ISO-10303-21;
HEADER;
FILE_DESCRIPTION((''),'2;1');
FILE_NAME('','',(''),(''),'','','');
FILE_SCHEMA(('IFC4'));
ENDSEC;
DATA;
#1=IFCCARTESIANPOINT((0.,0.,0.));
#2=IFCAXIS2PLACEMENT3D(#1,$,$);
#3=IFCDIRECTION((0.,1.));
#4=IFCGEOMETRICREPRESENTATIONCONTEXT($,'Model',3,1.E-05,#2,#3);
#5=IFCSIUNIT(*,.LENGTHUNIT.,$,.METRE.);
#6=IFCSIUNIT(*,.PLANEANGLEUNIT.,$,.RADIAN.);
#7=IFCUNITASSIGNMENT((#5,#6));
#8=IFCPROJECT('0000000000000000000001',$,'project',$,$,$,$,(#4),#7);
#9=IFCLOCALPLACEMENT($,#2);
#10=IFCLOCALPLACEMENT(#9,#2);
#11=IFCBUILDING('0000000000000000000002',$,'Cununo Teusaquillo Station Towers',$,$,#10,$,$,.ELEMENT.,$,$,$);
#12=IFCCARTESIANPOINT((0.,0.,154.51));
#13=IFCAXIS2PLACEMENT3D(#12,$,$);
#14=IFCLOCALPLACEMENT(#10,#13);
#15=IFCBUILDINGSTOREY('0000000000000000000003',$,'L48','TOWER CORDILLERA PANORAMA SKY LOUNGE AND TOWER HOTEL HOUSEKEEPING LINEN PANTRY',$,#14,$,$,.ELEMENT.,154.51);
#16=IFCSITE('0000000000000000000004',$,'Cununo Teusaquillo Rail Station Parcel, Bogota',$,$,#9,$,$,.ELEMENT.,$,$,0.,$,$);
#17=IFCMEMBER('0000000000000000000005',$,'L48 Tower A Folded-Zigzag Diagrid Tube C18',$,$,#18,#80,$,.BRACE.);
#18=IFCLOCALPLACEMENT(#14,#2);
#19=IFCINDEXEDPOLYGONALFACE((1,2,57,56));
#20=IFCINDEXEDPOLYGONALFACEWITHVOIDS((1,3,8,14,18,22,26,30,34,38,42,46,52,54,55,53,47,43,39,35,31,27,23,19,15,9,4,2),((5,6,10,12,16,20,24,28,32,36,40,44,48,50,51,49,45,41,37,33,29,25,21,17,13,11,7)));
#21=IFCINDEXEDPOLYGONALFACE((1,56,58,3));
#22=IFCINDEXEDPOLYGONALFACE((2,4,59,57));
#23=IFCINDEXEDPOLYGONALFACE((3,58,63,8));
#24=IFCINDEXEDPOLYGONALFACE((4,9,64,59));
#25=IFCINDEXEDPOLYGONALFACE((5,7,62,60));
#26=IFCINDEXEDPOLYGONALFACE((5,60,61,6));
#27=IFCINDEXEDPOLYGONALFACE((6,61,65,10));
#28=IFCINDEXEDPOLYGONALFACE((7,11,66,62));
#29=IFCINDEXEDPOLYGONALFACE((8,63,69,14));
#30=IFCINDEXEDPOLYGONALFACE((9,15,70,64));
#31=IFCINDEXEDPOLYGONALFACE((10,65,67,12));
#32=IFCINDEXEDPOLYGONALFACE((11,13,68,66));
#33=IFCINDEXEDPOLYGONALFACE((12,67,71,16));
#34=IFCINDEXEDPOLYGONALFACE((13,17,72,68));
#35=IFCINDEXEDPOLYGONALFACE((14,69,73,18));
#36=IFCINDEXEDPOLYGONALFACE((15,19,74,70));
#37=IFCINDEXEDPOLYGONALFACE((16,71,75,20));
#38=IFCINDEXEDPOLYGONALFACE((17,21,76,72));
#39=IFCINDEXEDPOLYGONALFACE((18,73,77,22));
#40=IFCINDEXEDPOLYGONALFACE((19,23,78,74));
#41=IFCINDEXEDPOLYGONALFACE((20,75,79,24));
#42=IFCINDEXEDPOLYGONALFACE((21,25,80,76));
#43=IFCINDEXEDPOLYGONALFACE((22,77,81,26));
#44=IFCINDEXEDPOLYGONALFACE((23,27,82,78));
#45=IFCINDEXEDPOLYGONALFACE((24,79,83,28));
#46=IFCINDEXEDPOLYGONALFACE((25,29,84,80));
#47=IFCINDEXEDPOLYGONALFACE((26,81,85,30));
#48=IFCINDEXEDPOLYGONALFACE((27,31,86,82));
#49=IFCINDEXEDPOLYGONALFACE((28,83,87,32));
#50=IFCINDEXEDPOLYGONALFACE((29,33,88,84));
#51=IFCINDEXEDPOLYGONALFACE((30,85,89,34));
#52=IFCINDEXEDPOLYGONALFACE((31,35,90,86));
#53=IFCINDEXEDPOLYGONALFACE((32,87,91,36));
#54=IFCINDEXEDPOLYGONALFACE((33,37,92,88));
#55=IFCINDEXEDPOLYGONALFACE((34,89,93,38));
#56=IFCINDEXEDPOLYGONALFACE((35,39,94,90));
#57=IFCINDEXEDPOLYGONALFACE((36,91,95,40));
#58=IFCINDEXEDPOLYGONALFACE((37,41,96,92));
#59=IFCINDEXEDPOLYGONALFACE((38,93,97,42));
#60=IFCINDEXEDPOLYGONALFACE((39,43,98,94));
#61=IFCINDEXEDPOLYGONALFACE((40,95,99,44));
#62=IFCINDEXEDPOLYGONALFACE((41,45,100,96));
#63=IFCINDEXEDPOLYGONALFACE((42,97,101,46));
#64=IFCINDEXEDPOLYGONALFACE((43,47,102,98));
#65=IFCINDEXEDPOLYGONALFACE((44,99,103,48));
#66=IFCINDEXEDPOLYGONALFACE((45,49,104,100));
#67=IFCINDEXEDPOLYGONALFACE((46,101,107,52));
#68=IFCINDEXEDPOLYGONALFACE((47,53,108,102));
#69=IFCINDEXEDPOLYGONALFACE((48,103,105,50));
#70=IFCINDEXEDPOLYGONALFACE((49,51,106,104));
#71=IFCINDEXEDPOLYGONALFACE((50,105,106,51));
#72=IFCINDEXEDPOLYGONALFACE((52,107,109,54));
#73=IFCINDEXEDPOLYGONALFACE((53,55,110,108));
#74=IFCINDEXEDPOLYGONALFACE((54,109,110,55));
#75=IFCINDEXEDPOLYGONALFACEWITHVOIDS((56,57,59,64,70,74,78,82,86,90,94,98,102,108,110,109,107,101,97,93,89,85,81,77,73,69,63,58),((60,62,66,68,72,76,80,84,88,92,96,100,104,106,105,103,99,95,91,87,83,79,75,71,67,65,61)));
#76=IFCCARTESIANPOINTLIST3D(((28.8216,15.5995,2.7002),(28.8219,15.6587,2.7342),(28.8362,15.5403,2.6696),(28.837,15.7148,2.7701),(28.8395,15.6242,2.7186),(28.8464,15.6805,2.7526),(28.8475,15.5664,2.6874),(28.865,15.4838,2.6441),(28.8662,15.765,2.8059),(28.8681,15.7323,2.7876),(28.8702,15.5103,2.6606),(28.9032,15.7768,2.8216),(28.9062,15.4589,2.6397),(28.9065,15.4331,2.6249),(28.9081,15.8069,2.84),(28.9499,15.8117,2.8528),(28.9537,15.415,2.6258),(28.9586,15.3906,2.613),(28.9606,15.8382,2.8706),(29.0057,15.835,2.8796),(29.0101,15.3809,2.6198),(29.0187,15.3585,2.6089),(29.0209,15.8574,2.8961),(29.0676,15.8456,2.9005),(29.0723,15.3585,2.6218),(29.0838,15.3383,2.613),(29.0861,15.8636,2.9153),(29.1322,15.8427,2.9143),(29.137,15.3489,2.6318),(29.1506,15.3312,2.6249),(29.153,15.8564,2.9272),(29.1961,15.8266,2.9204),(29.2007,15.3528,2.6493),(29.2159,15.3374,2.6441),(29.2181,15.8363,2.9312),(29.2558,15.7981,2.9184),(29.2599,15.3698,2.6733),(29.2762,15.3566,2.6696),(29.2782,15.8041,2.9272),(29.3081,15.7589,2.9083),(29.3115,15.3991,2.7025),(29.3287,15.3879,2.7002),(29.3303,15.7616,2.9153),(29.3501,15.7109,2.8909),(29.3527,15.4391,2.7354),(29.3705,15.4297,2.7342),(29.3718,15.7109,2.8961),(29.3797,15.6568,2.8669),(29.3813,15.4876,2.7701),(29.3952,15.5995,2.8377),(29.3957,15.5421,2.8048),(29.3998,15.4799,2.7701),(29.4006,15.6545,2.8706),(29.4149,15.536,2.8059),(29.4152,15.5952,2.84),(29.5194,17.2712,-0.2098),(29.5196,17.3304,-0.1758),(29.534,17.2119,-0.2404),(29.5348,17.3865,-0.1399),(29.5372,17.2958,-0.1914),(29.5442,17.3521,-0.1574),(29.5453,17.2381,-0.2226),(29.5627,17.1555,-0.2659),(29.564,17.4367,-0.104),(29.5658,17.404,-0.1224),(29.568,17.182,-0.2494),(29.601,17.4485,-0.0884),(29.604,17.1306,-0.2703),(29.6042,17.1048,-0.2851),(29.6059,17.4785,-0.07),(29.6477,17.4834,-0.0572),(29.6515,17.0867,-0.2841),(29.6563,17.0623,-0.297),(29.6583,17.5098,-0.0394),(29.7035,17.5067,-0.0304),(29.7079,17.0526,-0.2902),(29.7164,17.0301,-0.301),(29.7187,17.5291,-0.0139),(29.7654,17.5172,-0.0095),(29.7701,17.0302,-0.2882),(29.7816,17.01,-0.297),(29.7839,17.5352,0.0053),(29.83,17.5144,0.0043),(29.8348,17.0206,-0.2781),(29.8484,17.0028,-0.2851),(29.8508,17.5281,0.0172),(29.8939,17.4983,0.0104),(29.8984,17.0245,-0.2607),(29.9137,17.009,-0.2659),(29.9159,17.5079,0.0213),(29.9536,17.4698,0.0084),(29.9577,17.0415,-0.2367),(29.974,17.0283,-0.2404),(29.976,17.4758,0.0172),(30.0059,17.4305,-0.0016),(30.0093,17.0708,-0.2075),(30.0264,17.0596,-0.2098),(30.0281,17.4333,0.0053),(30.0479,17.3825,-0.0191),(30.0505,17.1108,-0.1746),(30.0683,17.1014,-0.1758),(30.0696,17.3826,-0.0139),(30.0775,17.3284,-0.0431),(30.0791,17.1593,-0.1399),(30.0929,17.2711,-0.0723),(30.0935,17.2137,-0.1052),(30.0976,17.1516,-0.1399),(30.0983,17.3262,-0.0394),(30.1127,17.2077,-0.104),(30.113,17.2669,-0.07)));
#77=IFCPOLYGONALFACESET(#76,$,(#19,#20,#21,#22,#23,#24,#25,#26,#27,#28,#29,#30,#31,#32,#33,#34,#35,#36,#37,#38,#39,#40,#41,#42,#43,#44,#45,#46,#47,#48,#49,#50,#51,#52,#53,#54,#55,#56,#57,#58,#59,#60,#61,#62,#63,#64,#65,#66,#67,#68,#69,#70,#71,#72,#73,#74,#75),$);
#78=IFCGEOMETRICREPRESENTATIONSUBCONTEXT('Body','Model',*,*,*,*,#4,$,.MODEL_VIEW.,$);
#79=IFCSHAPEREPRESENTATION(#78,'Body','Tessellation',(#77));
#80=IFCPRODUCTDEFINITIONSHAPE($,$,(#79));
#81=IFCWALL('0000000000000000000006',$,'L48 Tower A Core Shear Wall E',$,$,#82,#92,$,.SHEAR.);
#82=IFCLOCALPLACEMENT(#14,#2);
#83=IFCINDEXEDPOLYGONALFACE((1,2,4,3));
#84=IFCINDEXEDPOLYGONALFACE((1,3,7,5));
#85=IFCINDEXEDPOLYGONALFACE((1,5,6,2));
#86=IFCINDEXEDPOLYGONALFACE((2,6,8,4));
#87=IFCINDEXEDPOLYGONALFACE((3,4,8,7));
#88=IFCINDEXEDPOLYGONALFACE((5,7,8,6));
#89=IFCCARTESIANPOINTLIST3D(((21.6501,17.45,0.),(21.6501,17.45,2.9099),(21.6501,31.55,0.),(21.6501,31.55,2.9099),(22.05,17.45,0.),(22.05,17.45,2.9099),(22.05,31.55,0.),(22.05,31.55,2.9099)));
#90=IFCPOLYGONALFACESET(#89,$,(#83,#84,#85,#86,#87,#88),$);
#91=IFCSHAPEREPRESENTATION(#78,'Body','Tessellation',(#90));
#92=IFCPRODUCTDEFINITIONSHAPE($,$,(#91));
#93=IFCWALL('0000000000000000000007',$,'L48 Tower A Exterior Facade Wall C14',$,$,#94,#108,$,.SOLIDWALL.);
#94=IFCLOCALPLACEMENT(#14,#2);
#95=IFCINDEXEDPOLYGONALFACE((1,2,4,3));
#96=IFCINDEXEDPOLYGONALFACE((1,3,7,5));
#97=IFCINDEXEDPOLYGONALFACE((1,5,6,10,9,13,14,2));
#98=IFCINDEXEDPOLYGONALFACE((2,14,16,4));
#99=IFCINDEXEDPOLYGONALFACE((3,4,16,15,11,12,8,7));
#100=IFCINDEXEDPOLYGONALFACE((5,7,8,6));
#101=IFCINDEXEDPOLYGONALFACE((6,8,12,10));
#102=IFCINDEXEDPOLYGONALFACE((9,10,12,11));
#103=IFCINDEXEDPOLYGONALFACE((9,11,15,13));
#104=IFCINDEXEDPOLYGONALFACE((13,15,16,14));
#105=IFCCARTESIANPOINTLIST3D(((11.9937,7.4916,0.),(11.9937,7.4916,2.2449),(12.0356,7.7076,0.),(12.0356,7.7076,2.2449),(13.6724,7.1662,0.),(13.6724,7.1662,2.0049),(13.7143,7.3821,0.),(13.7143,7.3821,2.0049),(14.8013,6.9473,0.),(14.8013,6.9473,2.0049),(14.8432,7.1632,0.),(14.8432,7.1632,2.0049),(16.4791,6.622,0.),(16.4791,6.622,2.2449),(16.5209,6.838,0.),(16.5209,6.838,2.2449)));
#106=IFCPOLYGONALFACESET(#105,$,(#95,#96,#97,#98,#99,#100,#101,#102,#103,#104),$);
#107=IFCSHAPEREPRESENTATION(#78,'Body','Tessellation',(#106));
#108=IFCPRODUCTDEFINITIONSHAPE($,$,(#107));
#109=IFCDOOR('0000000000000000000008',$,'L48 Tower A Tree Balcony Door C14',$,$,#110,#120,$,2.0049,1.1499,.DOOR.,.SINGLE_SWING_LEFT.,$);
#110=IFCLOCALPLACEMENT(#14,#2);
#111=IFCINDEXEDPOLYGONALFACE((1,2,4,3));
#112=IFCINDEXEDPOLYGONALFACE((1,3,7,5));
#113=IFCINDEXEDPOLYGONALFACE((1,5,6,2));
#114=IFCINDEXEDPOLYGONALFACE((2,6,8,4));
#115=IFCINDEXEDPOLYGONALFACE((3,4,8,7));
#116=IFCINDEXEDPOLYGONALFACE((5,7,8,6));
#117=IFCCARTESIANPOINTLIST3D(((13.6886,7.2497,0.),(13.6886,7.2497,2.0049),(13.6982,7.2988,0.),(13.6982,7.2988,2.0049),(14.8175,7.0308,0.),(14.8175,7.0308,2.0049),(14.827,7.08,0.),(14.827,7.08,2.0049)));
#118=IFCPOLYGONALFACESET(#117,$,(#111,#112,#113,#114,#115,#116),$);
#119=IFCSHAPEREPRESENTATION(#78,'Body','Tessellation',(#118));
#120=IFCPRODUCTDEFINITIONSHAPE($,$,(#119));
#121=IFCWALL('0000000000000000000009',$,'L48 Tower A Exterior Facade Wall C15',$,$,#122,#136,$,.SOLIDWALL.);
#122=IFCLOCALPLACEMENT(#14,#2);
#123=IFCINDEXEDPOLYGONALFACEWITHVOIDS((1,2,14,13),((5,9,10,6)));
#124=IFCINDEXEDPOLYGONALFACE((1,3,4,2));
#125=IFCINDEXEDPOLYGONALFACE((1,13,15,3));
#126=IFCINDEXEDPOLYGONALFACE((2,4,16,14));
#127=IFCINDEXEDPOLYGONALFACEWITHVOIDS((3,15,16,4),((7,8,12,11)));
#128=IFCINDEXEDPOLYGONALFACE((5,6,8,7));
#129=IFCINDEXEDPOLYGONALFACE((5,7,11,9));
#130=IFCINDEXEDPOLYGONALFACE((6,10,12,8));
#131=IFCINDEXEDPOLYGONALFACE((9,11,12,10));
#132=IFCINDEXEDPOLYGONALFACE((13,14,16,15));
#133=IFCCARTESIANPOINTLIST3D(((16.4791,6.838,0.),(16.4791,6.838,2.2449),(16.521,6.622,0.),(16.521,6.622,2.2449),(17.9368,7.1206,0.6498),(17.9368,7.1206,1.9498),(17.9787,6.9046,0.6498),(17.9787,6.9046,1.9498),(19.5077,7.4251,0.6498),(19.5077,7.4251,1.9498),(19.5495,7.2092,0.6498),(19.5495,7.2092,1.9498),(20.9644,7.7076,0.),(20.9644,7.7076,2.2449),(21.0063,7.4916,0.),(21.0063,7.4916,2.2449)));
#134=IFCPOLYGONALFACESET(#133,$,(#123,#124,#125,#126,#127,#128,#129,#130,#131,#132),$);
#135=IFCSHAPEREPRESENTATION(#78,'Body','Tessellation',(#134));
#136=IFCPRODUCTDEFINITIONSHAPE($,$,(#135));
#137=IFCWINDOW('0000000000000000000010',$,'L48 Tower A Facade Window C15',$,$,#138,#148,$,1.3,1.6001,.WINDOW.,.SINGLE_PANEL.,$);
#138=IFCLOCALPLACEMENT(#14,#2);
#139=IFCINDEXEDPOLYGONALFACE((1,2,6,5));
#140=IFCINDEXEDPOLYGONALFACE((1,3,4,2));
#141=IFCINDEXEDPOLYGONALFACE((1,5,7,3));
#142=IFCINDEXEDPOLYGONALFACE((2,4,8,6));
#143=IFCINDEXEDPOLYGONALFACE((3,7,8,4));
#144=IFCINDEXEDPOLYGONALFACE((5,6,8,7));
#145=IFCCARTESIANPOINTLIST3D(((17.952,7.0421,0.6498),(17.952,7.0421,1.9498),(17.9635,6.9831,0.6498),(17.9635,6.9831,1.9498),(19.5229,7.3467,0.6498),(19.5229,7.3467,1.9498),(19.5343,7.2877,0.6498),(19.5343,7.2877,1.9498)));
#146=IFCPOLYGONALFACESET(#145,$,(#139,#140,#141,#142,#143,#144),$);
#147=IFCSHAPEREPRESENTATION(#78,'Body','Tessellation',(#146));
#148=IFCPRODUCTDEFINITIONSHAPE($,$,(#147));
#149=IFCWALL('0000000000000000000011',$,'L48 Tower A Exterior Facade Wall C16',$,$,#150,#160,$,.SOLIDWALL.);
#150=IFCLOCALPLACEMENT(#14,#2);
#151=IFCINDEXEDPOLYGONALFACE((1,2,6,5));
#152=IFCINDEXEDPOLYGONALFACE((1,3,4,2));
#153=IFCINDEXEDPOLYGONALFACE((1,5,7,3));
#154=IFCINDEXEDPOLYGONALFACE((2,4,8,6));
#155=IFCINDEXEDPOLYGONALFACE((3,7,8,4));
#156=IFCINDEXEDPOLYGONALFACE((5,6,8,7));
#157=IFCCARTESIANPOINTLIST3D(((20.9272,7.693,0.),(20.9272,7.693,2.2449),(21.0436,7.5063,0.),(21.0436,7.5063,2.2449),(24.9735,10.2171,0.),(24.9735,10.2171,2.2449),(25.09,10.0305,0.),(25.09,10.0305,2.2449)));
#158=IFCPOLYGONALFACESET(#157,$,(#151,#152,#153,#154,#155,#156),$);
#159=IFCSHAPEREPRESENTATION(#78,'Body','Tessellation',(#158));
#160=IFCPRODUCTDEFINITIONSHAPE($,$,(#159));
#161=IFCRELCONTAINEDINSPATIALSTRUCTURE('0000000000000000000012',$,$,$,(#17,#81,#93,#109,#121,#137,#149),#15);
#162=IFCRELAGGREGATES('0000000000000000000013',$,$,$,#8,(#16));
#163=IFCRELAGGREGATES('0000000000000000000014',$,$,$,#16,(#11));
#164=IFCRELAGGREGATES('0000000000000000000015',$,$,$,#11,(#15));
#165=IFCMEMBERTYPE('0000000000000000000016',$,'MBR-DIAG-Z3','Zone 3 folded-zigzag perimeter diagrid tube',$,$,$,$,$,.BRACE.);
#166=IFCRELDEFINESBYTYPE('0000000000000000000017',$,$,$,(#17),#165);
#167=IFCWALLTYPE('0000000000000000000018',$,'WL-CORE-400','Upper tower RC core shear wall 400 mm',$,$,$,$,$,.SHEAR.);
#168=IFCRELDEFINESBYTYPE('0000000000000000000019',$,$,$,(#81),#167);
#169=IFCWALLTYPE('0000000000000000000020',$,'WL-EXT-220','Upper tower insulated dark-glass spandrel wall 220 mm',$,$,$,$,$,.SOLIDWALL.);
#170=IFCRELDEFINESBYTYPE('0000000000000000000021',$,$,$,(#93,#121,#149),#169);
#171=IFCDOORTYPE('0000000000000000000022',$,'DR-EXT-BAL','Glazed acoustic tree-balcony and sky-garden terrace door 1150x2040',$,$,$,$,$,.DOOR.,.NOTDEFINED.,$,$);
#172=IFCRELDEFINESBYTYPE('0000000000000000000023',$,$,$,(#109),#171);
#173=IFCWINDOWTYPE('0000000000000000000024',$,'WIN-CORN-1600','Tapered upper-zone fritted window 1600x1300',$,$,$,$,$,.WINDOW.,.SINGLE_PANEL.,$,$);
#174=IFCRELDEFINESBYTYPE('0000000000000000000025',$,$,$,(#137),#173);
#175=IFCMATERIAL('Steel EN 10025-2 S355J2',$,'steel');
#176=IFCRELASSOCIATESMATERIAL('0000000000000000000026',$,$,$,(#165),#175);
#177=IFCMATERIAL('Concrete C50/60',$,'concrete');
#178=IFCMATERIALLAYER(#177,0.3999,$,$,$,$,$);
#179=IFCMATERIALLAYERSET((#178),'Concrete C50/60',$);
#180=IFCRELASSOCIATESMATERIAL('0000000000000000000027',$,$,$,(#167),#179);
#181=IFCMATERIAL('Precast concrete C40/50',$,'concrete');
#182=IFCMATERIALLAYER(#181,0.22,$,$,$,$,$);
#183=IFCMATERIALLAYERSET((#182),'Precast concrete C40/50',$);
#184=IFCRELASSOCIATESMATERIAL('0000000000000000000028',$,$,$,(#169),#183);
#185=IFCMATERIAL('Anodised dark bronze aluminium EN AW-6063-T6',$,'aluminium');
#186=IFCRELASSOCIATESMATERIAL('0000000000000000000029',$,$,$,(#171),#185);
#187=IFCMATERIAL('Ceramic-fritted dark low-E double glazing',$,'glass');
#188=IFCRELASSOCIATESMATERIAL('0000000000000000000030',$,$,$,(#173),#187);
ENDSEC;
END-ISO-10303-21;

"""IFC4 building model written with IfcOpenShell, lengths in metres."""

from ifc_helpers import new_model, si_unit, direction, frame, frame_2d, origin, origin_2d, place, context, subcontext, project, spatial, rectangle, hollow_circle, extrude, source, transform, mapped, material, layer, layer_set, material_profile, profile_set, type_object, element, fill, save


model = new_model("IFC4")

# Units and contexts
model_context = context("Model", 3, precision=1e-05, world=origin(), true_north=direction((0.0, 1.0)))
body_context = subcontext(model_context, "Body", "Model", "MODEL_VIEW")
ifc_project = project(units=[si_unit("LENGTHUNIT", "METRE"), si_unit("PLANEANGLEUNIT", "RADIAN")], contexts=[model_context])

# Site, building, storey
site_placement = place(None, origin())
site = spatial("IfcSite", under=ifc_project, at=site_placement, Name="Cununo Teusaquillo Rail Station Parcel, Bogota", CompositionType="ELEMENT", RefElevation=0.0)
building_placement = place(site_placement, origin())
building = spatial("IfcBuilding", under=site, at=building_placement, Name="Cununo Teusaquillo Station Towers", CompositionType="ELEMENT")
storey_placement = place(building_placement, frame((0.0, 0.0, 154.51)))
storey = spatial("IfcBuildingStorey", under=building, at=storey_placement, Name="L48", Description="TOWER CORDILLERA PANORAMA SKY LOUNGE AND TOWER HOTEL HOUSEKEEPING LINEN PANTRY", CompositionType="ELEMENT", Elevation=154.51)

# Member
ifc_material_1 = material(Name="Steel EN 10025-2 S355J2", Category="steel")
ifc_material_profile_1 = material_profile(ifc_material_1, hollow_circle(Radius=0.3049, WallThickness=0.02, at=origin_2d()), Name="CHS 610x20")
ifc_profile_set_1 = profile_set([ifc_material_profile_1], Name="Steel EN 10025-2 S355J2")
member_type = type_object("IfcMemberType", Name="MBR-DIAG-Z3", Description="Zone 3 folded-zigzag perimeter diagrid tube", PredefinedType="BRACE", material=ifc_profile_set_1)
member_1_placement = place(storey_placement, frame((29.8162, 17.269, -0.1399), z_axis=(-0.203566, -0.48769, 0.848952), x_axis=(0.922833, -0.385199, 0.0)))
element("IfcMember", 1, at=member_1_placement, inside=storey, type_object=member_type, Name="L48 Tower A Folded-Zigzag Diagrid Tube C18", PredefinedType="BRACE", context=body_context, shape_type="SweptSolid", body=[
    extrude(hollow_circle(Radius=0.3049, WallThickness=0.02, at=origin_2d()), origin(), (0.0, 0.0, 1.0), 3.4277),
])

# Wall
ifc_material_2 = material(Name="Concrete C50/60", Category="concrete")
ifc_layer_1 = layer(ifc_material_2, 0.3999)
ifc_layer_set_1 = layer_set([ifc_layer_1], Name="Concrete C50/60")
wall_type_1 = type_object("IfcWallType", Name="WL-CORE-400", Description="Upper tower RC core shear wall 400 mm", PredefinedType="SHEAR", material=ifc_layer_set_1)
wall_1_placement = place(storey_placement, frame((21.8501, 17.45, 0.0), z_axis=(0.0, 0.0, 1.0), x_axis=(0.0, 1.0, 0.0)))
element("IfcWall", 2, at=wall_1_placement, inside=storey, type_object=wall_type_1, Name="L48 Tower A Core Shear Wall E", PredefinedType="SHEAR", context=body_context, shape_type="SweptSolid", body=[
    extrude(rectangle(XDim=14.1001, YDim=0.3999, at=frame_2d((7.05, 0.0))), origin(), (0.0, 0.0, 1.0), 2.9099),
])

# Wall, opening, door
ifc_material_3 = material(Name="Precast concrete C40/50", Category="concrete")
ifc_layer_2 = layer(ifc_material_3, 0.22)
ifc_layer_set_2 = layer_set([ifc_layer_2], Name="Precast concrete C40/50")
wall_type_2 = type_object("IfcWallType", Name="WL-EXT-220", Description="Upper tower insulated dark-glass spandrel wall 220 mm", PredefinedType="SOLIDWALL", material=ifc_layer_set_2)
wall_2_placement = place(storey_placement, frame((16.5, 6.73, 0.0), z_axis=(0.0, 0.0, 1.0), x_axis=(-0.981719, 0.190338, 0.0)))
wall_2 = element("IfcWall", 3, at=wall_2_placement, inside=storey, type_object=wall_type_2, Name="L48 Tower A Exterior Facade Wall C14", PredefinedType="SOLIDWALL", context=body_context, shape_type="SweptSolid", body=[
    extrude(rectangle(XDim=4.5688, YDim=0.22, at=frame_2d((2.2844, 0.0))), origin(), (0.0, 0.0, 1.0), 2.2449),
])
shared_shape_1 = source(origin(), body_context, "Body", "SweptSolid", [
    extrude(rectangle(XDim=1.1499, YDim=2.0049, at=frame_2d((0.575, 1.0024))), frame((0.0, 0.1199, 0.0), z_axis=(0.0, -1.0, 0.0), x_axis=(1.0, 0.0, 0.0)), (0.0, 0.0, 1.0), 0.24),
])
opening_1_placement = place(wall_2_placement, frame((1.709, 0.0, 0.0)))
opening_1 = element("IfcOpeningElement", 4, at=opening_1_placement, cuts=wall_2, PredefinedType="OPENING", context=body_context, shape_type="MappedRepresentation", body=[
    mapped(shared_shape_1, transform((0.0, 0.0, 0.0), x_axis=(1.0, 0.0, 0.0), y_axis=(0.0, 1.0, 0.0), z_axis=(0.0, 0.0, 1.0), scale=1.0)),
])
ifc_material_4 = material(Name="Anodised dark bronze aluminium EN AW-6063-T6", Category="aluminium")
door_type_1 = type_object("IfcDoorType", Name="DR-EXT-BAL", Description="Glazed acoustic tree-balcony and sky-garden terrace door 1150x2040", OperationType="NOTDEFINED", PredefinedType="DOOR", material=ifc_material_4)
shared_shape_2 = source(origin(), body_context, "Body", "SweptSolid", [
    extrude(rectangle(XDim=1.1499, YDim=2.0049, at=frame_2d((0.575, 1.0024))), frame((0.0, 0.0249, 0.0), z_axis=(0.0, -1.0, 0.0), x_axis=(1.0, 0.0, 0.0)), (0.0, 0.0, 1.0), 0.05),
])
door_1_placement = place(opening_1_placement, origin())
door_1 = element("IfcDoor", 5, at=door_1_placement, inside=storey, type_object=door_type_1, Name="L48 Tower A Tree Balcony Door C14", OperationType="SINGLE_SWING_LEFT", OverallHeight=2.0049, OverallWidth=1.1499, PredefinedType="DOOR", context=body_context, shape_type="MappedRepresentation", body=[
    mapped(shared_shape_2, transform((0.0, 0.0, 0.0), x_axis=(1.0, 0.0, 0.0), y_axis=(0.0, 1.0, 0.0), z_axis=(0.0, 0.0, 1.0), scale=1.0)),
])
fill(opening_1, door_1)

# Wall, opening, window
wall_3_placement = place(storey_placement, frame((20.9854, 7.5996, 0.0), z_axis=(0.0, 0.0, 1.0), x_axis=(-0.981719, -0.190338, 0.0)))
wall_3 = element("IfcWall", 6, at=wall_3_placement, inside=storey, type_object=wall_type_2, Name="L48 Tower A Exterior Facade Wall C15", PredefinedType="SOLIDWALL", context=body_context, shape_type="SweptSolid", body=[
    extrude(rectangle(XDim=4.5688, YDim=0.22, at=frame_2d((2.2844, 0.0))), origin(), (0.0, 0.0, 1.0), 2.2449),
])
shared_shape_3 = source(origin(), body_context, "Body", "SweptSolid", [
    extrude(rectangle(XDim=1.6001, YDim=1.3, at=frame_2d((0.8, 0.6499))), frame((0.0, 0.1199, 0.0), z_axis=(0.0, -1.0, 0.0), x_axis=(1.0, 0.0, 0.0)), (0.0, 0.0, 1.0), 0.24),
])
opening_2_placement = place(wall_3_placement, frame((1.4839, 0.0, 0.6499)))
opening_2 = element("IfcOpeningElement", 7, at=opening_2_placement, cuts=wall_3, PredefinedType="OPENING", context=body_context, shape_type="MappedRepresentation", body=[
    mapped(shared_shape_3, transform((0.0, 0.0, 0.0), x_axis=(1.0, 0.0, 0.0), y_axis=(0.0, 1.0, 0.0), z_axis=(0.0, 0.0, 1.0), scale=1.0)),
])
ifc_material_5 = material(Name="Ceramic-fritted dark low-E double glazing", Category="glass")
window_type = type_object("IfcWindowType", Name="WIN-CORN-1600", Description="Tapered upper-zone fritted window 1600x1300", PartitioningType="SINGLE_PANEL", PredefinedType="WINDOW", material=ifc_material_5)
shared_shape_4 = source(origin(), body_context, "Body", "SweptSolid", [
    extrude(rectangle(XDim=1.6001, YDim=1.3, at=frame_2d((0.8, 0.6499))), frame((0.0, 0.03, 0.0), z_axis=(0.0, -1.0, 0.0), x_axis=(1.0, 0.0, 0.0)), (0.0, 0.0, 1.0), 0.0601),
])
window_1_placement = place(opening_2_placement, origin())
window_1 = element("IfcWindow", 8, at=window_1_placement, inside=storey, type_object=window_type, Name="L48 Tower A Facade Window C15", OverallHeight=1.3, OverallWidth=1.6001, PartitioningType="SINGLE_PANEL", PredefinedType="WINDOW", context=body_context, shape_type="MappedRepresentation", body=[
    mapped(shared_shape_4, transform((0.0, 0.0, 0.0), x_axis=(1.0, 0.0, 0.0), y_axis=(0.0, 1.0, 0.0), z_axis=(0.0, 0.0, 1.0), scale=1.0)),
])
fill(opening_2, window_1)

# Wall
wall_4_placement = place(storey_placement, frame((25.0317, 10.1238, 0.0), z_axis=(0.0, 0.0, 1.0), x_axis=(-0.848452, -0.529272, 0.0)))
element("IfcWall", 9, at=wall_4_placement, inside=storey, type_object=wall_type_2, Name="L48 Tower A Exterior Facade Wall C16", PredefinedType="SOLIDWALL", context=body_context, shape_type="SweptSolid", body=[
    extrude(rectangle(XDim=4.769, YDim=0.22, at=frame_2d((2.3845, 0.0))), origin(), (0.0, 0.0, 1.0), 2.2449),
])

save(model, "model.ifc")
